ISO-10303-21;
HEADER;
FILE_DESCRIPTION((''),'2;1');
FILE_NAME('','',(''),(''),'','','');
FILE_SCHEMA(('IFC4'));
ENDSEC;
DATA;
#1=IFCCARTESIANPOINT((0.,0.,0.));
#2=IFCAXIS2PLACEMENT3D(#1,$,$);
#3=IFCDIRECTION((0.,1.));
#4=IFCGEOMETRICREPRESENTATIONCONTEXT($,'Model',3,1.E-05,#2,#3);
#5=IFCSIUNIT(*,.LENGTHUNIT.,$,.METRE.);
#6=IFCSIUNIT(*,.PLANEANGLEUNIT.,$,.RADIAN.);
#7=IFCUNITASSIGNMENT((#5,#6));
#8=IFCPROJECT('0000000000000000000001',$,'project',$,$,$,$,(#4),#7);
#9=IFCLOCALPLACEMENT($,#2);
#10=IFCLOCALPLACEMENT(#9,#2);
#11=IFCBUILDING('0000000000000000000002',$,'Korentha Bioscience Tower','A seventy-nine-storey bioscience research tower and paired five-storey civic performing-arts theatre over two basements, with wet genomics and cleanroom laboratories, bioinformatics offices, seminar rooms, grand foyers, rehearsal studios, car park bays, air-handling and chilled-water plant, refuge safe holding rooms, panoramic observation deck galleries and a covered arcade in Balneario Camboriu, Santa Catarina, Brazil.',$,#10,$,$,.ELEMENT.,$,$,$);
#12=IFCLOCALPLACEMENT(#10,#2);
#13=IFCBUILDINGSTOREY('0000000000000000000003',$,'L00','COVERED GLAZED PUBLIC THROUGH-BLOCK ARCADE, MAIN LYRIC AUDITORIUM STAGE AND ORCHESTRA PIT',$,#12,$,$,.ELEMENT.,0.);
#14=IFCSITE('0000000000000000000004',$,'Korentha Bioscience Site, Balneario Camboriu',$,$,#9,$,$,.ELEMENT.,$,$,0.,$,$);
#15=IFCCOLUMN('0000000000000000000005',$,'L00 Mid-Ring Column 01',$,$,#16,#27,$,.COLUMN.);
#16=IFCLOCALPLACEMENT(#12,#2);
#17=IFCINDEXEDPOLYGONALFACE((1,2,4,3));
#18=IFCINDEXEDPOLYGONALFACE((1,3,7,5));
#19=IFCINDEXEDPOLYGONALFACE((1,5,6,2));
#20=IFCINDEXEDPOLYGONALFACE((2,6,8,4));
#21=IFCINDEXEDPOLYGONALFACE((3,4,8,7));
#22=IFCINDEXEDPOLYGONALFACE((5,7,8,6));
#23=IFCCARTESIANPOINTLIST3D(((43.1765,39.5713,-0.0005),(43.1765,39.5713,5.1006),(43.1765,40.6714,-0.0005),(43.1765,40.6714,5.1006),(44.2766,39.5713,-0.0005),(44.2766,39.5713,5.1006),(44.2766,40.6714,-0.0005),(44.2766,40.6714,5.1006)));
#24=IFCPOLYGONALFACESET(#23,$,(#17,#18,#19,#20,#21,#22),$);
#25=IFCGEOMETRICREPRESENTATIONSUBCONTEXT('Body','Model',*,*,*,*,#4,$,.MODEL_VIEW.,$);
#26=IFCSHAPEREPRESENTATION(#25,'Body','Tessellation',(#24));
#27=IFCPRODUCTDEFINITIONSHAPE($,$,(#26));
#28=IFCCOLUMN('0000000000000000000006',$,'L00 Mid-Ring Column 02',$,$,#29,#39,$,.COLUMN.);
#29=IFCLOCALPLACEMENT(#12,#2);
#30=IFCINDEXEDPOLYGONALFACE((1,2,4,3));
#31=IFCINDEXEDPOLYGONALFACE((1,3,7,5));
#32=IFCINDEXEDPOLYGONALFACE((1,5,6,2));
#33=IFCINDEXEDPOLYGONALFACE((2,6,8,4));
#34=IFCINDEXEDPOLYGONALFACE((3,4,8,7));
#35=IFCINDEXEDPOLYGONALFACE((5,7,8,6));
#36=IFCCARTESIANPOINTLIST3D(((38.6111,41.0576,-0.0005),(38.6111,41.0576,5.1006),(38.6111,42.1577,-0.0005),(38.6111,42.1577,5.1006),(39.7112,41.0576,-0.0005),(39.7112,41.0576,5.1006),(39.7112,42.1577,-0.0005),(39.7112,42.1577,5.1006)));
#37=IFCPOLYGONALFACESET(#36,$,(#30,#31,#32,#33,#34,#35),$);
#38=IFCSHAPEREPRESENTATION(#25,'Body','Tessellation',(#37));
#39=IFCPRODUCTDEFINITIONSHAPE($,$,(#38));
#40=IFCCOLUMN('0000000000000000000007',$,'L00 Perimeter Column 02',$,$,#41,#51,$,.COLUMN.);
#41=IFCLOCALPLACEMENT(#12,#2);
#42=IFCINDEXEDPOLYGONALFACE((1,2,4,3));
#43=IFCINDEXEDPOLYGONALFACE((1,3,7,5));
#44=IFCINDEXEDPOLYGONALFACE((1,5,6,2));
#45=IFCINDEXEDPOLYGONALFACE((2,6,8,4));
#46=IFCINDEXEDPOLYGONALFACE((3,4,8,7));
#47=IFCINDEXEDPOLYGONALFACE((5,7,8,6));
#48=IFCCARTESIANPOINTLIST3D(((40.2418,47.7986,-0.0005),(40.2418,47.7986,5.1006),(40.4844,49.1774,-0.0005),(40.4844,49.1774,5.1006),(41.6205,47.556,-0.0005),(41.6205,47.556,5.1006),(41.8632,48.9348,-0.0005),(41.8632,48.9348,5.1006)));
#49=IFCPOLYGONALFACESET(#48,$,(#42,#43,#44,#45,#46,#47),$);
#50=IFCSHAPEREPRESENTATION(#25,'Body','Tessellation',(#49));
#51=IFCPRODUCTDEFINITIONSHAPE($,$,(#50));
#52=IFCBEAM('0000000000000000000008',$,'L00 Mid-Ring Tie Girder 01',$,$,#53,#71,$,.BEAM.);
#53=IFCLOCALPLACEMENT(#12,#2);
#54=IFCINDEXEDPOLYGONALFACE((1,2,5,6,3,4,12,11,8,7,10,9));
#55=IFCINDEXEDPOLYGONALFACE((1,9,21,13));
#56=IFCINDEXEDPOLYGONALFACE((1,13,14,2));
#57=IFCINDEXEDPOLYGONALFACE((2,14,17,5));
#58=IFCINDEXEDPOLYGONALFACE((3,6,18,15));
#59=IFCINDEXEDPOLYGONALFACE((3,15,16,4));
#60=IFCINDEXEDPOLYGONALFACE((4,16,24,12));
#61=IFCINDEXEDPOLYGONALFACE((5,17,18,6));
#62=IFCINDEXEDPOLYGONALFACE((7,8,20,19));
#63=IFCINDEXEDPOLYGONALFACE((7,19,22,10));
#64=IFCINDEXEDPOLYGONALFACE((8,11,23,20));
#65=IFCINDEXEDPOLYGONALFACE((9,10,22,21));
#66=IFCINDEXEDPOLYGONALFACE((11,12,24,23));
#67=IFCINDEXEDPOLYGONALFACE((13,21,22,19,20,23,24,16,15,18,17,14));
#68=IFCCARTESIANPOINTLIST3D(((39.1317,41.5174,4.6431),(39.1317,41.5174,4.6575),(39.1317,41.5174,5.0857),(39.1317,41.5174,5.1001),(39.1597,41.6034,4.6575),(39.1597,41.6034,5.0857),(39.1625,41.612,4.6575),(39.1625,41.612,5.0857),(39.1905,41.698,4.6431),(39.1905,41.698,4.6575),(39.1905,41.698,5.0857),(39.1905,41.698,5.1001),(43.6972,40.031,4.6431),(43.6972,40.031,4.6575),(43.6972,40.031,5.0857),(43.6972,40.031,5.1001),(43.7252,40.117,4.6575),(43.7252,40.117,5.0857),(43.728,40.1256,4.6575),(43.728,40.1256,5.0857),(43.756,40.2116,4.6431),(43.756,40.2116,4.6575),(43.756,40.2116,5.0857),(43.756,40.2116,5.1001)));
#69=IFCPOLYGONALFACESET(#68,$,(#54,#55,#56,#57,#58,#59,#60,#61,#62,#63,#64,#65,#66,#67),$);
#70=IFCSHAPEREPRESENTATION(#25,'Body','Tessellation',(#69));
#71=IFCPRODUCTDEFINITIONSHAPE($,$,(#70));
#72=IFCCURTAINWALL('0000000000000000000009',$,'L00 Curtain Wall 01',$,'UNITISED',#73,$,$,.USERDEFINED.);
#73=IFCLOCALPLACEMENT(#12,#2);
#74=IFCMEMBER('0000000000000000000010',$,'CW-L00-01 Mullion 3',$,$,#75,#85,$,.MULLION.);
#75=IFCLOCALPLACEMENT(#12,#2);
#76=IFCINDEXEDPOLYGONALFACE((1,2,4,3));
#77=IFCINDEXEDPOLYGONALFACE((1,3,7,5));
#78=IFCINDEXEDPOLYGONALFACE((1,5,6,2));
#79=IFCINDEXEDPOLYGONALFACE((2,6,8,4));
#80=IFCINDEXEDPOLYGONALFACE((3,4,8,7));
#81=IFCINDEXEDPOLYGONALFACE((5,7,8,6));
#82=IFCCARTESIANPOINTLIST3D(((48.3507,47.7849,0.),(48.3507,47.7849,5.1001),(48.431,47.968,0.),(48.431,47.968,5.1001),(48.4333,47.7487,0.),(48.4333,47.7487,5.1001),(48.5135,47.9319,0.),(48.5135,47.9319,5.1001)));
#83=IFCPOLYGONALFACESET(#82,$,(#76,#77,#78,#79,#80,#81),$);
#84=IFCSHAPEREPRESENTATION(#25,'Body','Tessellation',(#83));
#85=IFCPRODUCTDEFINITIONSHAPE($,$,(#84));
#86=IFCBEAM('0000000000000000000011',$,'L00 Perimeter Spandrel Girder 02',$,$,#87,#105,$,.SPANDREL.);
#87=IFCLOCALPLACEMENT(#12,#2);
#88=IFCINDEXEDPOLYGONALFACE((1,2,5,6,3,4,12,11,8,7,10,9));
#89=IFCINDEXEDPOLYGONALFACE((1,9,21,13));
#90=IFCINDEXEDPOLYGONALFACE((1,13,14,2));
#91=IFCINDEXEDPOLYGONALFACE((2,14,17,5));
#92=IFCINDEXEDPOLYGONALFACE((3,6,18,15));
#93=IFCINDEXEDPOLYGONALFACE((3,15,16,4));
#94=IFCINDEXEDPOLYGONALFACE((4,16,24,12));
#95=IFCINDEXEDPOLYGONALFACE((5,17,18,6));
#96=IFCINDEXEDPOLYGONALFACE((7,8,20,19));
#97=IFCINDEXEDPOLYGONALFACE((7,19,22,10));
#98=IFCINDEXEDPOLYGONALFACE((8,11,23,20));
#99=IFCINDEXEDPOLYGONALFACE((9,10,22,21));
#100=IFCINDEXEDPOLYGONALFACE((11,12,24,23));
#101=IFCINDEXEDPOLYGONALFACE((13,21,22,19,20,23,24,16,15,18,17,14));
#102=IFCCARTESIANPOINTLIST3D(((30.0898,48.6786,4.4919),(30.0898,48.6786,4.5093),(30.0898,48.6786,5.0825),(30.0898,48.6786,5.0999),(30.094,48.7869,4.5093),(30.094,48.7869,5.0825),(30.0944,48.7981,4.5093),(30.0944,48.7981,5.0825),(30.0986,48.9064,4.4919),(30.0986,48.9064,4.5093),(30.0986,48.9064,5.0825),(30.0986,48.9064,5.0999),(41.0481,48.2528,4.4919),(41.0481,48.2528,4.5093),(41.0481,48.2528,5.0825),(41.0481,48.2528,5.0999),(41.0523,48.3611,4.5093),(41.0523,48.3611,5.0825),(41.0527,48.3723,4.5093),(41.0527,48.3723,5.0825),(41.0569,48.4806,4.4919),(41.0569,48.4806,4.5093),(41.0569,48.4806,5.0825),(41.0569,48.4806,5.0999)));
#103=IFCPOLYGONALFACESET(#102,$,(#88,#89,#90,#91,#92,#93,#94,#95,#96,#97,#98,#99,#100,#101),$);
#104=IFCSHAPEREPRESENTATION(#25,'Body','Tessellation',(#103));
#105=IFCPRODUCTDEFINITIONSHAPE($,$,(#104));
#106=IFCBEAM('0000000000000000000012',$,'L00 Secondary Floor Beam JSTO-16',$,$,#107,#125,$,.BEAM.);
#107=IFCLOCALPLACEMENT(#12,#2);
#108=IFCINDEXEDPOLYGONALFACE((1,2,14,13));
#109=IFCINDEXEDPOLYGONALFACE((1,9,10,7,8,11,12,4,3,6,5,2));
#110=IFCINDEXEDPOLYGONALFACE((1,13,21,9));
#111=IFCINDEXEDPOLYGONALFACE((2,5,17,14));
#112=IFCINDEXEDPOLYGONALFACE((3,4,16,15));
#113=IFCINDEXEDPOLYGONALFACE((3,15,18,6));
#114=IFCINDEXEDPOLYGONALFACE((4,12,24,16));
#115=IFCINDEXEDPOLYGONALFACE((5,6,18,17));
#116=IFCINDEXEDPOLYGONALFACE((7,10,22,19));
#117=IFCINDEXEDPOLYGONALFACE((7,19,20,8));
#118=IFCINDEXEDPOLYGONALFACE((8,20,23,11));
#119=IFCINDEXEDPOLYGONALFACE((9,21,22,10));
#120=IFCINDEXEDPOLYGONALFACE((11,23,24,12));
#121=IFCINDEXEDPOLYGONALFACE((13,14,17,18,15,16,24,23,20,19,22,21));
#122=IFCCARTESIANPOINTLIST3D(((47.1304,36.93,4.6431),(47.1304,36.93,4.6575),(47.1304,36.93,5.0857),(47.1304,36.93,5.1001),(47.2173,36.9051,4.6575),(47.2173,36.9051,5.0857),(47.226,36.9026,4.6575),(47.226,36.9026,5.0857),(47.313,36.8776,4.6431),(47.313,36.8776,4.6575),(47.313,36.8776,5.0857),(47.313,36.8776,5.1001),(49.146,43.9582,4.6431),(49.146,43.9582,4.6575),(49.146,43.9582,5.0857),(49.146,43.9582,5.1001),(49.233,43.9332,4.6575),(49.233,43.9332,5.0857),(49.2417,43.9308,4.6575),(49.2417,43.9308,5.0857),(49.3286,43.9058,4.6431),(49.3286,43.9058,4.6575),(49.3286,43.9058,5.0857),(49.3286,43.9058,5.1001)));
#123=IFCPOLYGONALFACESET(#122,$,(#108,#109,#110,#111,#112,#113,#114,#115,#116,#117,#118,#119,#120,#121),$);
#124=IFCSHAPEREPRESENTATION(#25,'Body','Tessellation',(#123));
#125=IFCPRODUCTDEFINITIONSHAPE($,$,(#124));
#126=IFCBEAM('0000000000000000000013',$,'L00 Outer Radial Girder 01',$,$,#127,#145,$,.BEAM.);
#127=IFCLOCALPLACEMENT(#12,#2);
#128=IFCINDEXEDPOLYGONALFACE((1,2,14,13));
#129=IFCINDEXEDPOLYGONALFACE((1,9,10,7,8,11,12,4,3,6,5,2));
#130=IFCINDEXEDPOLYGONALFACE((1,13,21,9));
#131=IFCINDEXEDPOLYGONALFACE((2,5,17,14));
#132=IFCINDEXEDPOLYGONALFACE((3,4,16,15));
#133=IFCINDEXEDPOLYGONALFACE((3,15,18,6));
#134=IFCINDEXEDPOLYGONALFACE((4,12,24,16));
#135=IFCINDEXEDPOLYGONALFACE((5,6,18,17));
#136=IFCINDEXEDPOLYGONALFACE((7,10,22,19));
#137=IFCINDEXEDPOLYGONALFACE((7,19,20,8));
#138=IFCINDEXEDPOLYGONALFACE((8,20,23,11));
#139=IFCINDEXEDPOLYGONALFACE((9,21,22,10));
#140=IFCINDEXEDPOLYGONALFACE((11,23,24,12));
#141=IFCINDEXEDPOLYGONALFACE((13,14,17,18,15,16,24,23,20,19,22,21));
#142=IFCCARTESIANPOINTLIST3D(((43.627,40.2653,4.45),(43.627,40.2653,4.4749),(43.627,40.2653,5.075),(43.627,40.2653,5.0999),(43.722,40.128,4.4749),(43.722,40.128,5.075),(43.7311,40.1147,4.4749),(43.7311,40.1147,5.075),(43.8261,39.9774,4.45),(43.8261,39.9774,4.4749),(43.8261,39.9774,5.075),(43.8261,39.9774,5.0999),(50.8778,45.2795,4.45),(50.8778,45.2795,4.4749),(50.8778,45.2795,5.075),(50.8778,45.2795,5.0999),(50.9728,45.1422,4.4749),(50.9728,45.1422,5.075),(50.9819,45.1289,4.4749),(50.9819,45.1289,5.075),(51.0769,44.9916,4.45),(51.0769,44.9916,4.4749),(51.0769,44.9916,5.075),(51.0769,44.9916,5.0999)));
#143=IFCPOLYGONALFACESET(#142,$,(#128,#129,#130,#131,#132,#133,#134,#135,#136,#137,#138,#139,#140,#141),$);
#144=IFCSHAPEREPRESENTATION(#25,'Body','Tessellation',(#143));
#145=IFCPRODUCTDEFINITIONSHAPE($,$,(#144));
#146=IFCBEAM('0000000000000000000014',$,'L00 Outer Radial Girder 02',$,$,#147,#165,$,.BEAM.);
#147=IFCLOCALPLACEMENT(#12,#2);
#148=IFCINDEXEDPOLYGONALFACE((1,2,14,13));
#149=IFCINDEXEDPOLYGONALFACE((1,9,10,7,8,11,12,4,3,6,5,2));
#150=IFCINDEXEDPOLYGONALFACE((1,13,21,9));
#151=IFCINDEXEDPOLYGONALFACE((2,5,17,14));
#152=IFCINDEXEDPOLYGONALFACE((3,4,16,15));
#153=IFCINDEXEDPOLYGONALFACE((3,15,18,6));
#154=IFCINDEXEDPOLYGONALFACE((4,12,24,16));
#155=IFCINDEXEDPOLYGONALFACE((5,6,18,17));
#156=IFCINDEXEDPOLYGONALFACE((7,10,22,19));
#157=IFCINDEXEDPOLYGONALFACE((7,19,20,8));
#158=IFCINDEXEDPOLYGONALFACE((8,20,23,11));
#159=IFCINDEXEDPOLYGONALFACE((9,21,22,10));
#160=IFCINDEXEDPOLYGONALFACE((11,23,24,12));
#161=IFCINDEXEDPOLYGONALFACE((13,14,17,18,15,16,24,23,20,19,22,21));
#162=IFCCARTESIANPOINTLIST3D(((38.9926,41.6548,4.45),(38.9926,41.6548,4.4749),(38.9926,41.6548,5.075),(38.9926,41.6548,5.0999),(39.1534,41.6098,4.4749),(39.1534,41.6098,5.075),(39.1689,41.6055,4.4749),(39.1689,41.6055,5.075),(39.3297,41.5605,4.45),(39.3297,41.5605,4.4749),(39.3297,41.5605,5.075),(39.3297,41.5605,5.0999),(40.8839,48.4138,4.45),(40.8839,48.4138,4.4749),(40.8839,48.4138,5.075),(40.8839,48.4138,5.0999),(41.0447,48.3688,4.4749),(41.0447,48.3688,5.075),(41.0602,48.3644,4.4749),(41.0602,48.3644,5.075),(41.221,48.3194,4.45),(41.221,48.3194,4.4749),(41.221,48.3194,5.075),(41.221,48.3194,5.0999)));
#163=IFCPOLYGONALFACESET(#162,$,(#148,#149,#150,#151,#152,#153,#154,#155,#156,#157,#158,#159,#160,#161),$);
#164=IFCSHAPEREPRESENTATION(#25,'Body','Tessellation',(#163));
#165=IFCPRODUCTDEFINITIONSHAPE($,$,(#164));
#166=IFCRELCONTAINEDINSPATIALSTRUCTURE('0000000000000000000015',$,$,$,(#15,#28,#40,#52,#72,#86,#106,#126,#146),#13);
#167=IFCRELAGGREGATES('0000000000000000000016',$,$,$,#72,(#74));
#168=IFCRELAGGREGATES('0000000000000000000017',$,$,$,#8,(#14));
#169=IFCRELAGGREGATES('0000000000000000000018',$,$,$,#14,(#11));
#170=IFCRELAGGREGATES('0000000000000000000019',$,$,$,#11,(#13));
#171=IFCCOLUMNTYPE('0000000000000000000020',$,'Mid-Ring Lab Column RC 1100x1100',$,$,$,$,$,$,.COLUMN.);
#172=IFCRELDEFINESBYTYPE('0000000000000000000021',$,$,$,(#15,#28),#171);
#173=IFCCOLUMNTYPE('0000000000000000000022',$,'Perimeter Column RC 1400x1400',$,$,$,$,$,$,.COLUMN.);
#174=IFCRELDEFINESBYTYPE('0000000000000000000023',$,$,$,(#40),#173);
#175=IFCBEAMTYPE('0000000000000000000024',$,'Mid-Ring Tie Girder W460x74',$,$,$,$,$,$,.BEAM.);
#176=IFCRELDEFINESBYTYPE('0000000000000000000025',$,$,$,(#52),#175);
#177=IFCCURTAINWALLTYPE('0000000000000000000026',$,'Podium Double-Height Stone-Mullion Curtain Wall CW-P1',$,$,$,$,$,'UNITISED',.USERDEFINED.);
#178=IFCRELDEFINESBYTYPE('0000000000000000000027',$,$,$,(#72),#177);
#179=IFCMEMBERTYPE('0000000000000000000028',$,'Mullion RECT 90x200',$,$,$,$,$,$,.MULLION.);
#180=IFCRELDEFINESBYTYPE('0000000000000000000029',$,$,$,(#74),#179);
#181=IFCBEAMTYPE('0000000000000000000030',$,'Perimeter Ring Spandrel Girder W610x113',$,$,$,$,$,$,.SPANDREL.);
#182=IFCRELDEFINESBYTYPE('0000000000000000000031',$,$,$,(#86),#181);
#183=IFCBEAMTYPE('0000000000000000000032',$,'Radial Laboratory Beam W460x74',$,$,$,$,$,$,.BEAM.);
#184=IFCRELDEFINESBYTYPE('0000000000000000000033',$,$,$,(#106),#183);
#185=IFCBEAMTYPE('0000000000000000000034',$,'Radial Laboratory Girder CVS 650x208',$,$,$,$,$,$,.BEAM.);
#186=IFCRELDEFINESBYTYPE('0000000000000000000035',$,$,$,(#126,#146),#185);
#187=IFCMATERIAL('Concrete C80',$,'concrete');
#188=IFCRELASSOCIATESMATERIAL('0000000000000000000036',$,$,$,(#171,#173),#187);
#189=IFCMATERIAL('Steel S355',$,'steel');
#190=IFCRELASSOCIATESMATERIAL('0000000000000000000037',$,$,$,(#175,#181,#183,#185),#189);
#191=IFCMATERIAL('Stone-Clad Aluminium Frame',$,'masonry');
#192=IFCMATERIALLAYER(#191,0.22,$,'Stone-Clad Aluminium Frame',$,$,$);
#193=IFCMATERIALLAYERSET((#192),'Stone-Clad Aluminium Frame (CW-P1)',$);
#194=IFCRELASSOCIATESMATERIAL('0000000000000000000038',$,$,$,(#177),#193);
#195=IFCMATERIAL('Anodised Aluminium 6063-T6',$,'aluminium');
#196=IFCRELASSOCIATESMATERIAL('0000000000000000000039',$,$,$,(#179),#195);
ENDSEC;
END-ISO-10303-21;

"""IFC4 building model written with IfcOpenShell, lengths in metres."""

from ifc_helpers import new_model, si_unit, direction, frame, origin, origin_2d, place, context, subcontext, project, spatial, rectangle, i_section, extrude, material, layer, layer_set, material_profile, profile_set, type_object, element, aggregate, save


model = new_model("IFC4")

# Units and contexts
model_context = context("Model", 3, precision=1e-05, world=origin(), true_north=direction((0.0, 1.0)))
body_context = subcontext(model_context, "Body", "Model", "MODEL_VIEW")
ifc_project = project(units=[si_unit("LENGTHUNIT", "METRE"), si_unit("PLANEANGLEUNIT", "RADIAN")], contexts=[model_context])

# Site, building, storey
site_placement = place(None, origin())
site = spatial("IfcSite", under=ifc_project, at=site_placement, Name="Korentha Bioscience Site, Balneario Camboriu", CompositionType="ELEMENT", RefElevation=0.0)
building_placement = place(site_placement, origin())
building = spatial("IfcBuilding", under=site, at=building_placement, Name="Korentha Bioscience Tower", Description="A seventy-nine-storey bioscience research tower and paired five-storey civic performing-arts theatre over two basements, with wet genomics and cleanroom laboratories, bioinformatics offices, seminar rooms, grand foyers, rehearsal studios, car park bays, air-handling and chilled-water plant, refuge safe holding rooms, panoramic observation deck galleries and a covered arcade in Balneario Camboriu, Santa Catarina, Brazil.", CompositionType="ELEMENT")
storey_placement = place(building_placement, origin())
storey = spatial("IfcBuildingStorey", under=building, at=storey_placement, Name="L00", Description="COVERED GLAZED PUBLIC THROUGH-BLOCK ARCADE, MAIN LYRIC AUDITORIUM STAGE AND ORCHESTRA PIT", CompositionType="ELEMENT", Elevation=0.0)

# Columns
ifc_material_1 = material(Name="Concrete C80", Category="concrete")
ifc_material_profile_1 = material_profile(ifc_material_1, rectangle(XDim=1.1001, YDim=1.1001, at=origin_2d()), Name="Concrete C80")
ifc_profile_set_1 = profile_set([ifc_material_profile_1], Name="Concrete C80 (COL-MR11)")
column_type_1 = type_object("IfcColumnType", Name="Mid-Ring Lab Column RC 1100x1100", PredefinedType="COLUMN", material=ifc_profile_set_1)
for number, where, z_axis, x_axis, name in (
    (1, (43.7266, 40.1213, -0.0005), (0.0, 0.0, 1.0), (1.0, 0.0, 0.0), "L00 Mid-Ring Column 01"),
    (2, (39.1611, 41.6077, -0.0005), (0.0, 0.0, 1.0), (1.0, 0.0, 0.0), "L00 Mid-Ring Column 02"),
):
    element("IfcColumn", number, at=place(storey_placement, frame(where, z_axis=z_axis, x_axis=x_axis)), inside=storey, type_object=column_type_1, Name=name, PredefinedType="COLUMN", context=body_context, shape_type="SweptSolid", body=[
        extrude(rectangle(XDim=1.1001, YDim=1.1001, at=origin_2d()), origin(), (0.0, 0.0, 1.0), 5.1011),
    ])
ifc_material_profile_2 = material_profile(ifc_material_1, rectangle(XDim=1.3999, YDim=1.3999, at=origin_2d()), Name="Concrete C80")
ifc_profile_set_2 = profile_set([ifc_material_profile_2], Name="Concrete C80 (COL-P14)")
column_type_2 = type_object("IfcColumnType", Name="Perimeter Column RC 1400x1400", PredefinedType="COLUMN", material=ifc_profile_set_2)
column_placement = place(storey_placement, frame((41.0525, 48.3667, -0.0005), z_axis=(0.0, 0.0, 1.0), x_axis=(-0.984868, 0.173304, 0.0)))
element("IfcColumn", 3, at=column_placement, inside=storey, type_object=column_type_2, Name="L00 Perimeter Column 02", PredefinedType="COLUMN", context=body_context, shape_type="SweptSolid", body=[
    extrude(rectangle(XDim=1.3999, YDim=1.3999, at=origin_2d()), origin(), (0.0, 0.0, 1.0), 5.1011),
])

# Beam
ifc_material_2 = material(Name="Steel S355", Category="steel")
ifc_material_profile_3 = material_profile(ifc_material_2, i_section(OverallWidth=0.1899, OverallDepth=0.457, WebThickness=0.009, FlangeThickness=0.0144, at=origin_2d()), Name="Steel S355")
ifc_profile_set_3 = profile_set([ifc_material_profile_3], Name="Steel S355 (MB-460)")
beam_type_1 = type_object("IfcBeamType", Name="Mid-Ring Tie Girder W460x74", PredefinedType="BEAM", material=ifc_profile_set_3)
beam_1_placement = place(storey_placement, frame((43.7266, 40.1213, 4.8716), z_axis=(-0.950877, 0.309569, 0.0), x_axis=(-0.309569, -0.950877, 0.0)))
element("IfcBeam", 4, at=beam_1_placement, inside=storey, type_object=beam_type_1, Name="L00 Mid-Ring Tie Girder 01", PredefinedType="BEAM", context=body_context, shape_type="SweptSolid", body=[
    extrude(i_section(OverallWidth=0.1899, OverallDepth=0.457, WebThickness=0.009, FlangeThickness=0.0144, at=origin_2d()), origin(), (0.0, 0.0, 1.0), 4.8013),
])

# Curtain wall, member
ifc_material_3 = material(Name="Stone-Clad Aluminium Frame", Category="masonry")
ifc_layer_1 = layer(ifc_material_3, 0.22, Name="Stone-Clad Aluminium Frame")
ifc_layer_set_1 = layer_set([ifc_layer_1], Name="Stone-Clad Aluminium Frame (CW-P1)")
curtain_wall_type = type_object("IfcCurtainWallType", Name="Podium Double-Height Stone-Mullion Curtain Wall CW-P1", ElementType="UNITISED", PredefinedType="USERDEFINED", material=ifc_layer_set_1)
curtain_wall_placement = place(storey_placement, origin())
curtain_wall = element("IfcCurtainWall", 5, at=curtain_wall_placement, inside=storey, type_object=curtain_wall_type, Name="L00 Curtain Wall 01", ObjectType="UNITISED", PredefinedType="USERDEFINED")
ifc_material_4 = material(Name="Anodised Aluminium 6063-T6", Category="aluminium")
ifc_material_profile_4 = material_profile(ifc_material_4, rectangle(XDim=0.0901, YDim=0.2, at=origin_2d()), Name="Anodised Aluminium 6063-T6")
ifc_profile_set_4 = profile_set([ifc_material_profile_4], Name="Anodised Aluminium 6063-T6 (CW-MUL)")
member_type = type_object("IfcMemberType", Name="Mullion RECT 90x200", PredefinedType="MULLION", material=ifc_profile_set_4)
member_placement = place(storey_placement, frame((48.4321, 47.8584, 0.0), z_axis=(0.0, 0.0, 1.0), x_axis=(-0.915939, 0.401317, 0.0)))
member = element("IfcMember", 6, at=member_placement, type_object=member_type, Name="CW-L00-01 Mullion 3", PredefinedType="MULLION", context=body_context, shape_type="SweptSolid", body=[
    extrude(rectangle(XDim=0.0901, YDim=0.2, at=origin_2d()), origin(), (0.0, 0.0, 1.0), 5.1001),
])
aggregate(curtain_wall, [member])

# Beams
ifc_material_profile_5 = material_profile(ifc_material_2, i_section(OverallWidth=0.228, OverallDepth=0.6079, WebThickness=0.0112, FlangeThickness=0.0173, at=origin_2d()), Name="Steel S355")
ifc_profile_set_5 = profile_set([ifc_material_profile_5], Name="Steel S355 (SB-610)")
beam_type_2 = type_object("IfcBeamType", Name="Perimeter Ring Spandrel Girder W610x113", PredefinedType="SPANDREL", material=ifc_profile_set_5)
beam_2_placement = place(storey_placement, frame((41.0525, 48.3667, 4.7959), z_axis=(-0.999246, 0.038826, 0.0), x_axis=(-0.038826, -0.999246, 0.0)))
element("IfcBeam", 7, at=beam_2_placement, inside=storey, type_object=beam_type_2, Name="L00 Perimeter Spandrel Girder 02", PredefinedType="SPANDREL", context=body_context, shape_type="SweptSolid", body=[
    extrude(i_section(OverallWidth=0.228, OverallDepth=0.6079, WebThickness=0.0112, FlangeThickness=0.0173, at=origin_2d()), origin(), (0.0, 0.0, 1.0), 10.9666),
])
ifc_material_profile_6 = material_profile(ifc_material_2, i_section(OverallWidth=0.1899, OverallDepth=0.457, WebThickness=0.009, FlangeThickness=0.0144, at=origin_2d()), Name="Steel S355")
ifc_profile_set_6 = profile_set([ifc_material_profile_6], Name="Steel S355 (RB-460)")
beam_type_3 = type_object("IfcBeamType", Name="Radial Laboratory Beam W460x74", PredefinedType="BEAM", material=ifc_profile_set_6)
beam_3_placement = place(storey_placement, frame((47.2217, 36.9038, 4.8716), z_axis=(0.275682, 0.961249, 0.0), x_axis=(-0.961249, 0.275682, 0.0)))
element("IfcBeam", 8, at=beam_3_placement, inside=storey, type_object=beam_type_3, Name="L00 Secondary Floor Beam JSTO-16", PredefinedType="BEAM", context=body_context, shape_type="SweptSolid", body=[
    extrude(i_section(OverallWidth=0.1899, OverallDepth=0.457, WebThickness=0.009, FlangeThickness=0.0144, at=origin_2d()), origin(), (0.0, 0.0, 1.0), 7.3115),
])
ifc_material_profile_7 = material_profile(ifc_material_2, i_section(OverallWidth=0.3501, OverallDepth=0.6499, WebThickness=0.0161, FlangeThickness=0.0249, at=origin_2d()), Name="Steel S355")
ifc_profile_set_7 = profile_set([ifc_material_profile_7], Name="Steel S355 (RB-650)")
beam_type_4 = type_object("IfcBeamType", Name="Radial Laboratory Girder CVS 650x208", PredefinedType="BEAM", material=ifc_profile_set_7)
beam_4_placement = place(storey_placement, frame((43.7266, 40.1213, 4.7749), z_axis=(0.822488, 0.568782, 0.0), x_axis=(-0.568782, 0.822488, 0.0)))
element("IfcBeam", 9, at=beam_4_placement, inside=storey, type_object=beam_type_4, Name="L00 Outer Radial Girder 01", PredefinedType="BEAM", context=body_context, shape_type="SweptSolid", body=[
    extrude(i_section(OverallWidth=0.3501, OverallDepth=0.6499, WebThickness=0.0161, FlangeThickness=0.0249, at=origin_2d()), origin(), (0.0, 0.0, 1.0), 8.8157),
])
beam_5_placement = place(storey_placement, frame((39.1611, 41.6077, 4.7749), z_axis=(0.269475, 0.963007, 0.0), x_axis=(-0.963007, 0.269475, 0.0)))
element("IfcBeam", 10, at=beam_5_placement, inside=storey, type_object=beam_type_4, Name="L00 Outer Radial Girder 02", PredefinedType="BEAM", context=body_context, shape_type="SweptSolid", body=[
    extrude(i_section(OverallWidth=0.3501, OverallDepth=0.6499, WebThickness=0.0161, FlangeThickness=0.0249, at=origin_2d()), origin(), (0.0, 0.0, 1.0), 7.0186),
])

save(model, "model.ifc")
